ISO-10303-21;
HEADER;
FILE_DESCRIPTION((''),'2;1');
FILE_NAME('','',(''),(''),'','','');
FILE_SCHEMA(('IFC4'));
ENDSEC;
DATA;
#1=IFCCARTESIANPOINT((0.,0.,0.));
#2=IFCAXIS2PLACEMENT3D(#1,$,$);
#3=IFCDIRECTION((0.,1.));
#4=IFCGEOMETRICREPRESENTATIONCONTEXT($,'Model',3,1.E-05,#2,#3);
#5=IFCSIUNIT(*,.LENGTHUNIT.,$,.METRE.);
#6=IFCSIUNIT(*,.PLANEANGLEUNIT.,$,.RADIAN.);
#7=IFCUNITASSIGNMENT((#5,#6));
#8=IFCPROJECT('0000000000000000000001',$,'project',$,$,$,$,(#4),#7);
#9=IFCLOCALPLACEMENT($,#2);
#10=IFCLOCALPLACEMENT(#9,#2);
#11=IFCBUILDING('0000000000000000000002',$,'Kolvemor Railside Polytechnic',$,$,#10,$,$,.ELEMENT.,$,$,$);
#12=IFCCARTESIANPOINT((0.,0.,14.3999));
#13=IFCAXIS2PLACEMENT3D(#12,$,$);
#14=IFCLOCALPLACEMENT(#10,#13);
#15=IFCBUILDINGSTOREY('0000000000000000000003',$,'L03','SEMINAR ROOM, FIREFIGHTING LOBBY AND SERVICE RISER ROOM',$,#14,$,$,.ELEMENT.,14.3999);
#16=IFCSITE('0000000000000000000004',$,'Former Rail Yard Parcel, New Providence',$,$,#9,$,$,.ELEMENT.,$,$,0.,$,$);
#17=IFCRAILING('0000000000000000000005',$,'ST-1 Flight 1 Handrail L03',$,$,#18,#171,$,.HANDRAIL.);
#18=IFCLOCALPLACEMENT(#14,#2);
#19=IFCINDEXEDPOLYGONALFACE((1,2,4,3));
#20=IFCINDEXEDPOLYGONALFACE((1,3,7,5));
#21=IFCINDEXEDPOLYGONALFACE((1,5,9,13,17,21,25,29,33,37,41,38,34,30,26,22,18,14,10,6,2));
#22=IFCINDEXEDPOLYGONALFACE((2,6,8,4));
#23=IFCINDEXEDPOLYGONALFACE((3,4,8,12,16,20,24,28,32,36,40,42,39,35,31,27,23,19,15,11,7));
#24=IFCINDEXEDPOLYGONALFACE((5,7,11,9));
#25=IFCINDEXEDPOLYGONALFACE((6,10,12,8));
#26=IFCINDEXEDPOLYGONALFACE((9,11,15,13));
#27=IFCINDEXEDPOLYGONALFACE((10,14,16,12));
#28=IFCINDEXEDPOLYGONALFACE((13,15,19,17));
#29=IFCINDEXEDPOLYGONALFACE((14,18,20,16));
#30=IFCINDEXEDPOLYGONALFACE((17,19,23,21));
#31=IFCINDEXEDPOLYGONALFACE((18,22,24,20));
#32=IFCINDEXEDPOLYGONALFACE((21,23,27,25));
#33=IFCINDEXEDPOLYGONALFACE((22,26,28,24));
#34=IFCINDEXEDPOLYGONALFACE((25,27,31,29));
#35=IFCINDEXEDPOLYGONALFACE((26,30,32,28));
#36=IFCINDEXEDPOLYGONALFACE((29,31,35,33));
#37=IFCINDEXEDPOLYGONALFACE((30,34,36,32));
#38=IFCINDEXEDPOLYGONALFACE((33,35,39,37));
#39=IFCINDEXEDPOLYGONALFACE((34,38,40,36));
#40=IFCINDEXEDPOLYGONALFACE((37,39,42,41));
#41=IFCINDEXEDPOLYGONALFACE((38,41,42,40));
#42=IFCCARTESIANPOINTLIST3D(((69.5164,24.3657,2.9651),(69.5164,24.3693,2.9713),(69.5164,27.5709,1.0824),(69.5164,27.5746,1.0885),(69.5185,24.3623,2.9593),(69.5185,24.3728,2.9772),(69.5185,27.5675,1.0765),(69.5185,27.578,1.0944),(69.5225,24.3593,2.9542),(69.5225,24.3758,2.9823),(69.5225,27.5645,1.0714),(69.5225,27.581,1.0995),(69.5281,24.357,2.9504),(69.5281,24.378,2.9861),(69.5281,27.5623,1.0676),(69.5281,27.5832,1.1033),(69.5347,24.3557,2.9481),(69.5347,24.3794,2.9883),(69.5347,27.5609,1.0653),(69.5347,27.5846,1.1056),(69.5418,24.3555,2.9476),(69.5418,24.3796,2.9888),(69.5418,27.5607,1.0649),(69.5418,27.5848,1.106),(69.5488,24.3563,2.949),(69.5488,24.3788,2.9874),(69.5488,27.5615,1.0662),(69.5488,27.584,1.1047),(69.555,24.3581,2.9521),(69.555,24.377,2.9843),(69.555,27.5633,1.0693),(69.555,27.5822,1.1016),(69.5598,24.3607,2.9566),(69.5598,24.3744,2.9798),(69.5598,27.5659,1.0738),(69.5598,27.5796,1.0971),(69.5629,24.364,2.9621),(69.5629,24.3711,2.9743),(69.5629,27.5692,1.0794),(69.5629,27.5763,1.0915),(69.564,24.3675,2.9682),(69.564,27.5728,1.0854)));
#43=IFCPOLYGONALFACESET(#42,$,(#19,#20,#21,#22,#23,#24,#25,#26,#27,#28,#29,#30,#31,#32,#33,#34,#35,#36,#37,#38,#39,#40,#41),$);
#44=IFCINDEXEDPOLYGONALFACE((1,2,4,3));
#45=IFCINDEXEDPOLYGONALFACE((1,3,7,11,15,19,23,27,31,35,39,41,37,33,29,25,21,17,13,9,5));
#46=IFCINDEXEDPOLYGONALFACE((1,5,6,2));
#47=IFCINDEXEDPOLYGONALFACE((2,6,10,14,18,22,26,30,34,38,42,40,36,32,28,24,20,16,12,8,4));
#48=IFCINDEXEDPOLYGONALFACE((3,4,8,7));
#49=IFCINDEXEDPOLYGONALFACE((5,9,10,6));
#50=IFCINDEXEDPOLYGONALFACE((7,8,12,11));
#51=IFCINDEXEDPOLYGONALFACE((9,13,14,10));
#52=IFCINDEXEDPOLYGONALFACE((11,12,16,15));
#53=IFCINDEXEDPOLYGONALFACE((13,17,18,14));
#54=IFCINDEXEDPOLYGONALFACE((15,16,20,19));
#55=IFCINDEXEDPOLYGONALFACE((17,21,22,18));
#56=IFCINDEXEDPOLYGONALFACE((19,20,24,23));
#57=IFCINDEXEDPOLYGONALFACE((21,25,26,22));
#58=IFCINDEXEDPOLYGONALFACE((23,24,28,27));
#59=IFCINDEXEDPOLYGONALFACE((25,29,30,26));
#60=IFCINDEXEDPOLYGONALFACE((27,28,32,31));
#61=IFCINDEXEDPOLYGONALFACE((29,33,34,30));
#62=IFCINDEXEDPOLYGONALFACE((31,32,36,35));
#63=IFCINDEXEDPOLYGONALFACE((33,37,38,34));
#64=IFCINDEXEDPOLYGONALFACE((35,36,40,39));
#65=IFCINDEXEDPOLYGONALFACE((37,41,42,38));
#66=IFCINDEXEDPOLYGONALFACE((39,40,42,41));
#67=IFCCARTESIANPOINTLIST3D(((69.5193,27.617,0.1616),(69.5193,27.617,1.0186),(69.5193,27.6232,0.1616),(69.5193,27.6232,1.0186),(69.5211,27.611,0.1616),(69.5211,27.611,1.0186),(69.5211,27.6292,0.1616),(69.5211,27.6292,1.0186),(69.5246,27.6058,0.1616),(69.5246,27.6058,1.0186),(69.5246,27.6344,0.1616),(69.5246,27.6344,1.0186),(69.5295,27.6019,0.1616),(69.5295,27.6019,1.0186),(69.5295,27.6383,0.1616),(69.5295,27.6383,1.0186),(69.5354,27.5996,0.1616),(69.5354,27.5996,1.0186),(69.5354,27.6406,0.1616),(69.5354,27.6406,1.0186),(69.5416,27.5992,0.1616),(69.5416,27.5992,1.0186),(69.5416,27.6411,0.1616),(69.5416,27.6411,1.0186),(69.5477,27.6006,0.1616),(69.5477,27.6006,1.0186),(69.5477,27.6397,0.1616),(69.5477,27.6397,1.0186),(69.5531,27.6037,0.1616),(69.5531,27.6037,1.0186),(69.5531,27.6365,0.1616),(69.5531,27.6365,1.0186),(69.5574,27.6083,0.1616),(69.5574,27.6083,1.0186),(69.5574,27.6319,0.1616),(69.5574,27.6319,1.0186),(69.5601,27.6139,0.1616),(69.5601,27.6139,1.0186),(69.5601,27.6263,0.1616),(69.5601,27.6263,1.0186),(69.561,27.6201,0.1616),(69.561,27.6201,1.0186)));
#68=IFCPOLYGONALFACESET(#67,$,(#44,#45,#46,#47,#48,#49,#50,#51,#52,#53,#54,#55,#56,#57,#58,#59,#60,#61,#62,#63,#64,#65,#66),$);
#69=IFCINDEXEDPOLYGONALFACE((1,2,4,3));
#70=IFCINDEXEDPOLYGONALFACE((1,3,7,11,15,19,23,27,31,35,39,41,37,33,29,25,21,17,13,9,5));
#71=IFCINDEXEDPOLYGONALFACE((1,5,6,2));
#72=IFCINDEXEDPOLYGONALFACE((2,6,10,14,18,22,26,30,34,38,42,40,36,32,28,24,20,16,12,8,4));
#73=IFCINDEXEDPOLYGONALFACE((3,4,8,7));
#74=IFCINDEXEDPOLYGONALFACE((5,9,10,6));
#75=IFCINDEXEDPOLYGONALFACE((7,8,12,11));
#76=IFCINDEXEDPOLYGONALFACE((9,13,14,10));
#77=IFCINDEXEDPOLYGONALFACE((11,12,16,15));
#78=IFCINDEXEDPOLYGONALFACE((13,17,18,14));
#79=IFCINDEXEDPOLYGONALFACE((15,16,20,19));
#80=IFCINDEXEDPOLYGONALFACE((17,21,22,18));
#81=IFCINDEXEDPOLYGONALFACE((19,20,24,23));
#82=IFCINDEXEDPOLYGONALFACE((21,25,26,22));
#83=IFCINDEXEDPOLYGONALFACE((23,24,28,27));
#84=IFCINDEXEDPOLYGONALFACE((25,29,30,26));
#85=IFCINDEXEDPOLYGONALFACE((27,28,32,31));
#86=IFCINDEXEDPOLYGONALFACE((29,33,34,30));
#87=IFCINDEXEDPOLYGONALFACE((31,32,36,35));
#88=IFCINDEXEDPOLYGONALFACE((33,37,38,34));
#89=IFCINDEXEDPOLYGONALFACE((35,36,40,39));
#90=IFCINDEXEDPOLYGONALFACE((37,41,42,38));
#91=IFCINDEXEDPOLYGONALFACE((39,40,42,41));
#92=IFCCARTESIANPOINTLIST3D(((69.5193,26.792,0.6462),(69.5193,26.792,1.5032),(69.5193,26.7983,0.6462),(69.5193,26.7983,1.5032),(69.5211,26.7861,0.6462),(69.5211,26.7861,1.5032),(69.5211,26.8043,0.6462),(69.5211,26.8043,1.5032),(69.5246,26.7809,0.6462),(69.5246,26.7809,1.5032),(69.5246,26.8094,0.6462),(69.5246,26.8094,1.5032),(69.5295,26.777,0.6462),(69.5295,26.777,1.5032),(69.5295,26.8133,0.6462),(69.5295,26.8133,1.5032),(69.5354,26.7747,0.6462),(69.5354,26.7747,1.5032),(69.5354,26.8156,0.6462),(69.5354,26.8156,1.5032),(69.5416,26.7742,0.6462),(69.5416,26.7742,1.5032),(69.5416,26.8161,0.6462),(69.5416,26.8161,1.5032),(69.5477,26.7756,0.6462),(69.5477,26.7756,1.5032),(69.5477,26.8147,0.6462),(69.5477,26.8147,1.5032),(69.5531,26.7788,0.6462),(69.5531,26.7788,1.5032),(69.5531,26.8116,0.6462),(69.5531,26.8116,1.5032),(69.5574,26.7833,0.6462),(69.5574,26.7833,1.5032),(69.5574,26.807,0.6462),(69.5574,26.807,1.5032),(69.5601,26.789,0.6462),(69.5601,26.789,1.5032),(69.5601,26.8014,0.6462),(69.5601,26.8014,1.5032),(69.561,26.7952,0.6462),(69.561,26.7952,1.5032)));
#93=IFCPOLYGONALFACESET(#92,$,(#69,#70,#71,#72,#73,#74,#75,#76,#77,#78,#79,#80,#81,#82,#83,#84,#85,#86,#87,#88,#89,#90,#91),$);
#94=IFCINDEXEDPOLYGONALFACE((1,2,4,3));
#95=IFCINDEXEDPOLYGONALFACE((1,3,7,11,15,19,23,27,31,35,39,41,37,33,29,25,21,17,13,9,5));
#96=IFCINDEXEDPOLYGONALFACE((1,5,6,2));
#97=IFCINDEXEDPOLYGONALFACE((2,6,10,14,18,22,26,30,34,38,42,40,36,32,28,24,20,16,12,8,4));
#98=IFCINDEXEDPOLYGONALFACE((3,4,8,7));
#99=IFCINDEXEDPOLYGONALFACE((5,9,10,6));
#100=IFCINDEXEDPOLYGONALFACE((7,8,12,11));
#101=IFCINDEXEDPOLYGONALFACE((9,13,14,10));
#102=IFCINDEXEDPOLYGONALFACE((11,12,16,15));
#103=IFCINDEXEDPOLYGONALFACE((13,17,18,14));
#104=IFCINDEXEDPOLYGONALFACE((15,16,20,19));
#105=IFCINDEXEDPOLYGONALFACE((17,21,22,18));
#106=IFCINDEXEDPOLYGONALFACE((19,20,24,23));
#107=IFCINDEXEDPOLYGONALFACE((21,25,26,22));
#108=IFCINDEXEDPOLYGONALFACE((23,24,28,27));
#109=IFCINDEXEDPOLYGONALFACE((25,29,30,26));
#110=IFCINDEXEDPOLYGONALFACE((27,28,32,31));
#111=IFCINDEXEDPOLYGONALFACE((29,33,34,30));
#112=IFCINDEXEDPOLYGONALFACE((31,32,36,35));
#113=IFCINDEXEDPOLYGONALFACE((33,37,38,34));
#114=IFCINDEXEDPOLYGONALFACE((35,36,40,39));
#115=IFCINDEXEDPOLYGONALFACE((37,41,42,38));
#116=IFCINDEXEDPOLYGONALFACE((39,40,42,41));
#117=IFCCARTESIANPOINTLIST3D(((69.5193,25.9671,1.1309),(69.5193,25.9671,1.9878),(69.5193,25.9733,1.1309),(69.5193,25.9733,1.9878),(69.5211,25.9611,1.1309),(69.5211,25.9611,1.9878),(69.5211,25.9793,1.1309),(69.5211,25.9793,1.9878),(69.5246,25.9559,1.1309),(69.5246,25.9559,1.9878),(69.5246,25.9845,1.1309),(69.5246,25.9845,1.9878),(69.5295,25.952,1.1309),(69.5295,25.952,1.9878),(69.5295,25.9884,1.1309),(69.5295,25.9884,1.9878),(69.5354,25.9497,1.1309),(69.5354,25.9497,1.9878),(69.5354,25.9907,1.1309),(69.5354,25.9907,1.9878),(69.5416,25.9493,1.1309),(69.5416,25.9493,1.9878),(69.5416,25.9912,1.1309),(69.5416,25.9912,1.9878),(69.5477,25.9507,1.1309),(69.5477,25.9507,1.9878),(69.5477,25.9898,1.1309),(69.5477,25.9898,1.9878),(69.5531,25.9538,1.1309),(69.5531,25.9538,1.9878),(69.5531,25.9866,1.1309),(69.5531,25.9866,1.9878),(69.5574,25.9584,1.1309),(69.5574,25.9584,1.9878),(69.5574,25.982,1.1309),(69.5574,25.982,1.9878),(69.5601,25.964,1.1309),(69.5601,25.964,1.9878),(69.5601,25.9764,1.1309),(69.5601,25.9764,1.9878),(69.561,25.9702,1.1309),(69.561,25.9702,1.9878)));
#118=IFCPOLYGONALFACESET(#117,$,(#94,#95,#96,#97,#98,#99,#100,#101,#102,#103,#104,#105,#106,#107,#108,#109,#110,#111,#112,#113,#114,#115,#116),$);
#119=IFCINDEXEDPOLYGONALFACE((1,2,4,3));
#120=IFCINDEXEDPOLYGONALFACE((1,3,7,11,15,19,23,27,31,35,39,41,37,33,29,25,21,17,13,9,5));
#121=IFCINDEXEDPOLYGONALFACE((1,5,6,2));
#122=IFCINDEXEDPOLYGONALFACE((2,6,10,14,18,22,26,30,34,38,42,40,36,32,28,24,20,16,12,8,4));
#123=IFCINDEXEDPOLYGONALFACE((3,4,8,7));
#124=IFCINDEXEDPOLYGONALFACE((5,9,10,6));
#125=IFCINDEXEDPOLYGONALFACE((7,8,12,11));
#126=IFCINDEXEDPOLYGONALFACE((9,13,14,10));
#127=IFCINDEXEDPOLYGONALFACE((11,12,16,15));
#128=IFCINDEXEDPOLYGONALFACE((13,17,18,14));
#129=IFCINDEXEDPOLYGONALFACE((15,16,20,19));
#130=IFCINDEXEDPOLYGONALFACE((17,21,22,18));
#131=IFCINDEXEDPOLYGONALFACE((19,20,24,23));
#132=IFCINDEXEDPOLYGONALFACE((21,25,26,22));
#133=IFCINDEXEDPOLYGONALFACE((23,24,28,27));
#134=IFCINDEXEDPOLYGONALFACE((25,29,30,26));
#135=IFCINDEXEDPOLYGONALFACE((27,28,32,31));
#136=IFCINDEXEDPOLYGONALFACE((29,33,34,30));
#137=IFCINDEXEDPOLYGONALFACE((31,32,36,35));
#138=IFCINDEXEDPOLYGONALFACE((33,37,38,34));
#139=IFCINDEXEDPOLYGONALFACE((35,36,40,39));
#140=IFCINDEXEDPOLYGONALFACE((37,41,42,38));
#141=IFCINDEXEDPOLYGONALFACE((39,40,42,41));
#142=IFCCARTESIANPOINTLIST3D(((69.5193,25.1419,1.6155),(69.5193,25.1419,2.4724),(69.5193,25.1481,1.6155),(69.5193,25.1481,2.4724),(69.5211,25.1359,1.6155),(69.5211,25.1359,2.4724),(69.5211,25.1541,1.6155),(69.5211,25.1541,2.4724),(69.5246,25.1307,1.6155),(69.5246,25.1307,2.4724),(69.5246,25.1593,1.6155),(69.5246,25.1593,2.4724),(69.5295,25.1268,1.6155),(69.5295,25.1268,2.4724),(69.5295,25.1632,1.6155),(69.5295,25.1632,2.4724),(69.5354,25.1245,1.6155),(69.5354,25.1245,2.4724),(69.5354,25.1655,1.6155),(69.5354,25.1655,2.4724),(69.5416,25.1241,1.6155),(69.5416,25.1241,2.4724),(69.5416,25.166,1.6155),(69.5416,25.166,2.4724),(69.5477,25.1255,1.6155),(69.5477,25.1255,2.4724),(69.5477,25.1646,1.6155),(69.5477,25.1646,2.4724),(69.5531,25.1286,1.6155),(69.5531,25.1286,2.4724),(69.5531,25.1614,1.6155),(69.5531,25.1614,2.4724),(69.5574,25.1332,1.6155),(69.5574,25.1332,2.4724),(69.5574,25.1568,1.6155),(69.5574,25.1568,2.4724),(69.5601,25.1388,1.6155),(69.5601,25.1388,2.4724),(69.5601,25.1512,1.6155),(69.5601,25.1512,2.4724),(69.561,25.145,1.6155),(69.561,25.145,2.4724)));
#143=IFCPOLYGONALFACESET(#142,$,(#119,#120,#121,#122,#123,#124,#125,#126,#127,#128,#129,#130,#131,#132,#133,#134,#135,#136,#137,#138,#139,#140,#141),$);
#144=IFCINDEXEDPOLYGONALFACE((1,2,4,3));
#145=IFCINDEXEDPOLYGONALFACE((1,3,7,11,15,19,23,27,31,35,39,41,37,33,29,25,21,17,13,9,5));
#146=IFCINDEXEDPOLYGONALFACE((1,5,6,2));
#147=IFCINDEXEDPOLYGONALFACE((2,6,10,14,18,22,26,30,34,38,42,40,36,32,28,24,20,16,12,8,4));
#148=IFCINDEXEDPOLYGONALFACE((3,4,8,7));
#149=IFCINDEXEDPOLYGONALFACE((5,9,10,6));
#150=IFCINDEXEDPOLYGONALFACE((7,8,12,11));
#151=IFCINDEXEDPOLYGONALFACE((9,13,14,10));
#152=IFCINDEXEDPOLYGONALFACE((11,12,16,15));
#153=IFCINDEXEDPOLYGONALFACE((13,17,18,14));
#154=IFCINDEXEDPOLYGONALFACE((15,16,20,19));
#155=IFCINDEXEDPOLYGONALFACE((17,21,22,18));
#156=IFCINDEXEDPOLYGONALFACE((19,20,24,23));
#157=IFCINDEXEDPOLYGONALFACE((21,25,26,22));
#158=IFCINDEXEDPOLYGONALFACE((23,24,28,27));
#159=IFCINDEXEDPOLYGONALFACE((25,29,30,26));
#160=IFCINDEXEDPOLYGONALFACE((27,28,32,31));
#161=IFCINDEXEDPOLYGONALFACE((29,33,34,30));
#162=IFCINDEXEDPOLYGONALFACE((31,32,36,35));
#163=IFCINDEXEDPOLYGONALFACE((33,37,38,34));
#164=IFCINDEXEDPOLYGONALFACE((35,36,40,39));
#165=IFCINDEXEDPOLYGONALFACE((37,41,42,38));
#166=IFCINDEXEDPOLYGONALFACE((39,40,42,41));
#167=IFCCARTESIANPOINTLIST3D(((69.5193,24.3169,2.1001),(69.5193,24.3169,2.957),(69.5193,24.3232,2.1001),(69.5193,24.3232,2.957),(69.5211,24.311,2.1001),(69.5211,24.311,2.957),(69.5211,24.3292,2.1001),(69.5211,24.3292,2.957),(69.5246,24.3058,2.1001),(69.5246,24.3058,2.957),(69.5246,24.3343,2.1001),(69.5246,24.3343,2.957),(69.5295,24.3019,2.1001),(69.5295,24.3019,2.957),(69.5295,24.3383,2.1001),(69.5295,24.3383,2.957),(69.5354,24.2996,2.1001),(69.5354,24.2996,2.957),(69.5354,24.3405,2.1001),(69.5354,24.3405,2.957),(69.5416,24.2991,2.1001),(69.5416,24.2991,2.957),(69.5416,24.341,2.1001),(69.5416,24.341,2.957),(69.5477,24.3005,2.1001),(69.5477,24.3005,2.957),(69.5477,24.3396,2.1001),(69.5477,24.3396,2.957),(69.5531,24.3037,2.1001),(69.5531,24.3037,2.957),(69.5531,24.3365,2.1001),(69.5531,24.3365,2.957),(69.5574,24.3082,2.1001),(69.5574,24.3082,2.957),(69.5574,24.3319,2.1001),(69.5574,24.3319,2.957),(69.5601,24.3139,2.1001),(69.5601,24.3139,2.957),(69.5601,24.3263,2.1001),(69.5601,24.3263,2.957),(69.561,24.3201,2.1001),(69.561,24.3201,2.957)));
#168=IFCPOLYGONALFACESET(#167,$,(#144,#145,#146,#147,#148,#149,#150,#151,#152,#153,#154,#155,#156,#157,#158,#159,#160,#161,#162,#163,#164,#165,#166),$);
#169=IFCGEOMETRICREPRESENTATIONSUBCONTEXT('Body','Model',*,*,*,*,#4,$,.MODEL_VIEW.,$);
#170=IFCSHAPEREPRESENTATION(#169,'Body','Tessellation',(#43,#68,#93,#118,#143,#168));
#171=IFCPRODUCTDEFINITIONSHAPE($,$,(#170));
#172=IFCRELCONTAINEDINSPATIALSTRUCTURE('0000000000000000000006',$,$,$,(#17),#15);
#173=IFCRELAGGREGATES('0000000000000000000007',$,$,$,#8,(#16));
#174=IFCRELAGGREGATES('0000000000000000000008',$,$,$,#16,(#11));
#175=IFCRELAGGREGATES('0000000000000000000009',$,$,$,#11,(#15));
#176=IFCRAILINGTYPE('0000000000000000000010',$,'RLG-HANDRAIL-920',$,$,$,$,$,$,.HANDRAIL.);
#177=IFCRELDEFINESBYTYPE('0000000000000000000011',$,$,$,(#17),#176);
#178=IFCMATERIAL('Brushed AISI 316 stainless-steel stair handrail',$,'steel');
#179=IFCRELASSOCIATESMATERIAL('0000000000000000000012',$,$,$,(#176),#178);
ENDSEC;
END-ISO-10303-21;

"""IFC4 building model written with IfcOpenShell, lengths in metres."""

from ifc_helpers import new_model, si_unit, direction, frame, origin, origin_2d, place, context, subcontext, project, spatial, circle, extrude, material, type_object, element, save


model = new_model("IFC4")

# Units and contexts
model_context = context("Model", 3, precision=1e-05, world=origin(), true_north=direction((0.0, 1.0)))
body_context = subcontext(model_context, "Body", "Model", "MODEL_VIEW")
ifc_project = project(units=[si_unit("LENGTHUNIT", "METRE"), si_unit("PLANEANGLEUNIT", "RADIAN")], contexts=[model_context])

# Site, building, storey
site_placement = place(None, origin())
site = spatial("IfcSite", under=ifc_project, at=site_placement, Name="Former Rail Yard Parcel, New Providence", CompositionType="ELEMENT", RefElevation=0.0)
building_placement = place(site_placement, origin())
building = spatial("IfcBuilding", under=site, at=building_placement, Name="Kolvemor Railside Polytechnic", CompositionType="ELEMENT")
storey_placement = place(building_placement, frame((0.0, 0.0, 14.3999)))
storey = spatial("IfcBuildingStorey", under=building, at=storey_placement, Name="L03", Description="SEMINAR ROOM, FIREFIGHTING LOBBY AND SERVICE RISER ROOM", CompositionType="ELEMENT", Elevation=14.3999)

# Railing
ifc_material_1 = material(Name="Brushed AISI 316 stainless-steel stair handrail", Category="steel")
railing_type_1 = type_object("IfcRailingType", Name="RLG-HANDRAIL-920", PredefinedType="HANDRAIL", material=ifc_material_1)
railing_1_placement = place(storey_placement, frame((69.54, 27.6201, 0.1616)))
element("IfcRailing", 1, at=railing_1_placement, inside=storey, type_object=railing_type_1, Name="ST-1 Flight 1 Handrail L03", PredefinedType="HANDRAIL", context=body_context, shape_type="SweptSolid", body=[
    extrude(circle(Radius=0.0239, at=origin_2d()), frame((0.0, -0.0474, 0.9238), z_axis=(0.0, -0.862246, 0.50649), x_axis=(1.0, 0.0, 0.0)), (0.0, 0.0, 1.0), 3.7173),
    extrude(circle(Radius=0.021, at=origin_2d()), origin(), (0.0, 0.0, 1.0), 0.8569),
    extrude(circle(Radius=0.021, at=origin_2d()), frame((0.0, -0.825, 0.4846)), (0.0, 0.0, 1.0), 0.8569),
    extrude(circle(Radius=0.021, at=origin_2d()), frame((0.0, -1.6499, 0.9692)), (0.0, 0.0, 1.0), 0.8569),
    extrude(circle(Radius=0.021, at=origin_2d()), frame((0.0, -2.4751, 1.4539)), (0.0, 0.0, 1.0), 0.8569),
    extrude(circle(Radius=0.021, at=origin_2d()), frame((0.0, -3.3, 1.9385)), (0.0, 0.0, 1.0), 0.8569),
])

save(model, "model.ifc")
